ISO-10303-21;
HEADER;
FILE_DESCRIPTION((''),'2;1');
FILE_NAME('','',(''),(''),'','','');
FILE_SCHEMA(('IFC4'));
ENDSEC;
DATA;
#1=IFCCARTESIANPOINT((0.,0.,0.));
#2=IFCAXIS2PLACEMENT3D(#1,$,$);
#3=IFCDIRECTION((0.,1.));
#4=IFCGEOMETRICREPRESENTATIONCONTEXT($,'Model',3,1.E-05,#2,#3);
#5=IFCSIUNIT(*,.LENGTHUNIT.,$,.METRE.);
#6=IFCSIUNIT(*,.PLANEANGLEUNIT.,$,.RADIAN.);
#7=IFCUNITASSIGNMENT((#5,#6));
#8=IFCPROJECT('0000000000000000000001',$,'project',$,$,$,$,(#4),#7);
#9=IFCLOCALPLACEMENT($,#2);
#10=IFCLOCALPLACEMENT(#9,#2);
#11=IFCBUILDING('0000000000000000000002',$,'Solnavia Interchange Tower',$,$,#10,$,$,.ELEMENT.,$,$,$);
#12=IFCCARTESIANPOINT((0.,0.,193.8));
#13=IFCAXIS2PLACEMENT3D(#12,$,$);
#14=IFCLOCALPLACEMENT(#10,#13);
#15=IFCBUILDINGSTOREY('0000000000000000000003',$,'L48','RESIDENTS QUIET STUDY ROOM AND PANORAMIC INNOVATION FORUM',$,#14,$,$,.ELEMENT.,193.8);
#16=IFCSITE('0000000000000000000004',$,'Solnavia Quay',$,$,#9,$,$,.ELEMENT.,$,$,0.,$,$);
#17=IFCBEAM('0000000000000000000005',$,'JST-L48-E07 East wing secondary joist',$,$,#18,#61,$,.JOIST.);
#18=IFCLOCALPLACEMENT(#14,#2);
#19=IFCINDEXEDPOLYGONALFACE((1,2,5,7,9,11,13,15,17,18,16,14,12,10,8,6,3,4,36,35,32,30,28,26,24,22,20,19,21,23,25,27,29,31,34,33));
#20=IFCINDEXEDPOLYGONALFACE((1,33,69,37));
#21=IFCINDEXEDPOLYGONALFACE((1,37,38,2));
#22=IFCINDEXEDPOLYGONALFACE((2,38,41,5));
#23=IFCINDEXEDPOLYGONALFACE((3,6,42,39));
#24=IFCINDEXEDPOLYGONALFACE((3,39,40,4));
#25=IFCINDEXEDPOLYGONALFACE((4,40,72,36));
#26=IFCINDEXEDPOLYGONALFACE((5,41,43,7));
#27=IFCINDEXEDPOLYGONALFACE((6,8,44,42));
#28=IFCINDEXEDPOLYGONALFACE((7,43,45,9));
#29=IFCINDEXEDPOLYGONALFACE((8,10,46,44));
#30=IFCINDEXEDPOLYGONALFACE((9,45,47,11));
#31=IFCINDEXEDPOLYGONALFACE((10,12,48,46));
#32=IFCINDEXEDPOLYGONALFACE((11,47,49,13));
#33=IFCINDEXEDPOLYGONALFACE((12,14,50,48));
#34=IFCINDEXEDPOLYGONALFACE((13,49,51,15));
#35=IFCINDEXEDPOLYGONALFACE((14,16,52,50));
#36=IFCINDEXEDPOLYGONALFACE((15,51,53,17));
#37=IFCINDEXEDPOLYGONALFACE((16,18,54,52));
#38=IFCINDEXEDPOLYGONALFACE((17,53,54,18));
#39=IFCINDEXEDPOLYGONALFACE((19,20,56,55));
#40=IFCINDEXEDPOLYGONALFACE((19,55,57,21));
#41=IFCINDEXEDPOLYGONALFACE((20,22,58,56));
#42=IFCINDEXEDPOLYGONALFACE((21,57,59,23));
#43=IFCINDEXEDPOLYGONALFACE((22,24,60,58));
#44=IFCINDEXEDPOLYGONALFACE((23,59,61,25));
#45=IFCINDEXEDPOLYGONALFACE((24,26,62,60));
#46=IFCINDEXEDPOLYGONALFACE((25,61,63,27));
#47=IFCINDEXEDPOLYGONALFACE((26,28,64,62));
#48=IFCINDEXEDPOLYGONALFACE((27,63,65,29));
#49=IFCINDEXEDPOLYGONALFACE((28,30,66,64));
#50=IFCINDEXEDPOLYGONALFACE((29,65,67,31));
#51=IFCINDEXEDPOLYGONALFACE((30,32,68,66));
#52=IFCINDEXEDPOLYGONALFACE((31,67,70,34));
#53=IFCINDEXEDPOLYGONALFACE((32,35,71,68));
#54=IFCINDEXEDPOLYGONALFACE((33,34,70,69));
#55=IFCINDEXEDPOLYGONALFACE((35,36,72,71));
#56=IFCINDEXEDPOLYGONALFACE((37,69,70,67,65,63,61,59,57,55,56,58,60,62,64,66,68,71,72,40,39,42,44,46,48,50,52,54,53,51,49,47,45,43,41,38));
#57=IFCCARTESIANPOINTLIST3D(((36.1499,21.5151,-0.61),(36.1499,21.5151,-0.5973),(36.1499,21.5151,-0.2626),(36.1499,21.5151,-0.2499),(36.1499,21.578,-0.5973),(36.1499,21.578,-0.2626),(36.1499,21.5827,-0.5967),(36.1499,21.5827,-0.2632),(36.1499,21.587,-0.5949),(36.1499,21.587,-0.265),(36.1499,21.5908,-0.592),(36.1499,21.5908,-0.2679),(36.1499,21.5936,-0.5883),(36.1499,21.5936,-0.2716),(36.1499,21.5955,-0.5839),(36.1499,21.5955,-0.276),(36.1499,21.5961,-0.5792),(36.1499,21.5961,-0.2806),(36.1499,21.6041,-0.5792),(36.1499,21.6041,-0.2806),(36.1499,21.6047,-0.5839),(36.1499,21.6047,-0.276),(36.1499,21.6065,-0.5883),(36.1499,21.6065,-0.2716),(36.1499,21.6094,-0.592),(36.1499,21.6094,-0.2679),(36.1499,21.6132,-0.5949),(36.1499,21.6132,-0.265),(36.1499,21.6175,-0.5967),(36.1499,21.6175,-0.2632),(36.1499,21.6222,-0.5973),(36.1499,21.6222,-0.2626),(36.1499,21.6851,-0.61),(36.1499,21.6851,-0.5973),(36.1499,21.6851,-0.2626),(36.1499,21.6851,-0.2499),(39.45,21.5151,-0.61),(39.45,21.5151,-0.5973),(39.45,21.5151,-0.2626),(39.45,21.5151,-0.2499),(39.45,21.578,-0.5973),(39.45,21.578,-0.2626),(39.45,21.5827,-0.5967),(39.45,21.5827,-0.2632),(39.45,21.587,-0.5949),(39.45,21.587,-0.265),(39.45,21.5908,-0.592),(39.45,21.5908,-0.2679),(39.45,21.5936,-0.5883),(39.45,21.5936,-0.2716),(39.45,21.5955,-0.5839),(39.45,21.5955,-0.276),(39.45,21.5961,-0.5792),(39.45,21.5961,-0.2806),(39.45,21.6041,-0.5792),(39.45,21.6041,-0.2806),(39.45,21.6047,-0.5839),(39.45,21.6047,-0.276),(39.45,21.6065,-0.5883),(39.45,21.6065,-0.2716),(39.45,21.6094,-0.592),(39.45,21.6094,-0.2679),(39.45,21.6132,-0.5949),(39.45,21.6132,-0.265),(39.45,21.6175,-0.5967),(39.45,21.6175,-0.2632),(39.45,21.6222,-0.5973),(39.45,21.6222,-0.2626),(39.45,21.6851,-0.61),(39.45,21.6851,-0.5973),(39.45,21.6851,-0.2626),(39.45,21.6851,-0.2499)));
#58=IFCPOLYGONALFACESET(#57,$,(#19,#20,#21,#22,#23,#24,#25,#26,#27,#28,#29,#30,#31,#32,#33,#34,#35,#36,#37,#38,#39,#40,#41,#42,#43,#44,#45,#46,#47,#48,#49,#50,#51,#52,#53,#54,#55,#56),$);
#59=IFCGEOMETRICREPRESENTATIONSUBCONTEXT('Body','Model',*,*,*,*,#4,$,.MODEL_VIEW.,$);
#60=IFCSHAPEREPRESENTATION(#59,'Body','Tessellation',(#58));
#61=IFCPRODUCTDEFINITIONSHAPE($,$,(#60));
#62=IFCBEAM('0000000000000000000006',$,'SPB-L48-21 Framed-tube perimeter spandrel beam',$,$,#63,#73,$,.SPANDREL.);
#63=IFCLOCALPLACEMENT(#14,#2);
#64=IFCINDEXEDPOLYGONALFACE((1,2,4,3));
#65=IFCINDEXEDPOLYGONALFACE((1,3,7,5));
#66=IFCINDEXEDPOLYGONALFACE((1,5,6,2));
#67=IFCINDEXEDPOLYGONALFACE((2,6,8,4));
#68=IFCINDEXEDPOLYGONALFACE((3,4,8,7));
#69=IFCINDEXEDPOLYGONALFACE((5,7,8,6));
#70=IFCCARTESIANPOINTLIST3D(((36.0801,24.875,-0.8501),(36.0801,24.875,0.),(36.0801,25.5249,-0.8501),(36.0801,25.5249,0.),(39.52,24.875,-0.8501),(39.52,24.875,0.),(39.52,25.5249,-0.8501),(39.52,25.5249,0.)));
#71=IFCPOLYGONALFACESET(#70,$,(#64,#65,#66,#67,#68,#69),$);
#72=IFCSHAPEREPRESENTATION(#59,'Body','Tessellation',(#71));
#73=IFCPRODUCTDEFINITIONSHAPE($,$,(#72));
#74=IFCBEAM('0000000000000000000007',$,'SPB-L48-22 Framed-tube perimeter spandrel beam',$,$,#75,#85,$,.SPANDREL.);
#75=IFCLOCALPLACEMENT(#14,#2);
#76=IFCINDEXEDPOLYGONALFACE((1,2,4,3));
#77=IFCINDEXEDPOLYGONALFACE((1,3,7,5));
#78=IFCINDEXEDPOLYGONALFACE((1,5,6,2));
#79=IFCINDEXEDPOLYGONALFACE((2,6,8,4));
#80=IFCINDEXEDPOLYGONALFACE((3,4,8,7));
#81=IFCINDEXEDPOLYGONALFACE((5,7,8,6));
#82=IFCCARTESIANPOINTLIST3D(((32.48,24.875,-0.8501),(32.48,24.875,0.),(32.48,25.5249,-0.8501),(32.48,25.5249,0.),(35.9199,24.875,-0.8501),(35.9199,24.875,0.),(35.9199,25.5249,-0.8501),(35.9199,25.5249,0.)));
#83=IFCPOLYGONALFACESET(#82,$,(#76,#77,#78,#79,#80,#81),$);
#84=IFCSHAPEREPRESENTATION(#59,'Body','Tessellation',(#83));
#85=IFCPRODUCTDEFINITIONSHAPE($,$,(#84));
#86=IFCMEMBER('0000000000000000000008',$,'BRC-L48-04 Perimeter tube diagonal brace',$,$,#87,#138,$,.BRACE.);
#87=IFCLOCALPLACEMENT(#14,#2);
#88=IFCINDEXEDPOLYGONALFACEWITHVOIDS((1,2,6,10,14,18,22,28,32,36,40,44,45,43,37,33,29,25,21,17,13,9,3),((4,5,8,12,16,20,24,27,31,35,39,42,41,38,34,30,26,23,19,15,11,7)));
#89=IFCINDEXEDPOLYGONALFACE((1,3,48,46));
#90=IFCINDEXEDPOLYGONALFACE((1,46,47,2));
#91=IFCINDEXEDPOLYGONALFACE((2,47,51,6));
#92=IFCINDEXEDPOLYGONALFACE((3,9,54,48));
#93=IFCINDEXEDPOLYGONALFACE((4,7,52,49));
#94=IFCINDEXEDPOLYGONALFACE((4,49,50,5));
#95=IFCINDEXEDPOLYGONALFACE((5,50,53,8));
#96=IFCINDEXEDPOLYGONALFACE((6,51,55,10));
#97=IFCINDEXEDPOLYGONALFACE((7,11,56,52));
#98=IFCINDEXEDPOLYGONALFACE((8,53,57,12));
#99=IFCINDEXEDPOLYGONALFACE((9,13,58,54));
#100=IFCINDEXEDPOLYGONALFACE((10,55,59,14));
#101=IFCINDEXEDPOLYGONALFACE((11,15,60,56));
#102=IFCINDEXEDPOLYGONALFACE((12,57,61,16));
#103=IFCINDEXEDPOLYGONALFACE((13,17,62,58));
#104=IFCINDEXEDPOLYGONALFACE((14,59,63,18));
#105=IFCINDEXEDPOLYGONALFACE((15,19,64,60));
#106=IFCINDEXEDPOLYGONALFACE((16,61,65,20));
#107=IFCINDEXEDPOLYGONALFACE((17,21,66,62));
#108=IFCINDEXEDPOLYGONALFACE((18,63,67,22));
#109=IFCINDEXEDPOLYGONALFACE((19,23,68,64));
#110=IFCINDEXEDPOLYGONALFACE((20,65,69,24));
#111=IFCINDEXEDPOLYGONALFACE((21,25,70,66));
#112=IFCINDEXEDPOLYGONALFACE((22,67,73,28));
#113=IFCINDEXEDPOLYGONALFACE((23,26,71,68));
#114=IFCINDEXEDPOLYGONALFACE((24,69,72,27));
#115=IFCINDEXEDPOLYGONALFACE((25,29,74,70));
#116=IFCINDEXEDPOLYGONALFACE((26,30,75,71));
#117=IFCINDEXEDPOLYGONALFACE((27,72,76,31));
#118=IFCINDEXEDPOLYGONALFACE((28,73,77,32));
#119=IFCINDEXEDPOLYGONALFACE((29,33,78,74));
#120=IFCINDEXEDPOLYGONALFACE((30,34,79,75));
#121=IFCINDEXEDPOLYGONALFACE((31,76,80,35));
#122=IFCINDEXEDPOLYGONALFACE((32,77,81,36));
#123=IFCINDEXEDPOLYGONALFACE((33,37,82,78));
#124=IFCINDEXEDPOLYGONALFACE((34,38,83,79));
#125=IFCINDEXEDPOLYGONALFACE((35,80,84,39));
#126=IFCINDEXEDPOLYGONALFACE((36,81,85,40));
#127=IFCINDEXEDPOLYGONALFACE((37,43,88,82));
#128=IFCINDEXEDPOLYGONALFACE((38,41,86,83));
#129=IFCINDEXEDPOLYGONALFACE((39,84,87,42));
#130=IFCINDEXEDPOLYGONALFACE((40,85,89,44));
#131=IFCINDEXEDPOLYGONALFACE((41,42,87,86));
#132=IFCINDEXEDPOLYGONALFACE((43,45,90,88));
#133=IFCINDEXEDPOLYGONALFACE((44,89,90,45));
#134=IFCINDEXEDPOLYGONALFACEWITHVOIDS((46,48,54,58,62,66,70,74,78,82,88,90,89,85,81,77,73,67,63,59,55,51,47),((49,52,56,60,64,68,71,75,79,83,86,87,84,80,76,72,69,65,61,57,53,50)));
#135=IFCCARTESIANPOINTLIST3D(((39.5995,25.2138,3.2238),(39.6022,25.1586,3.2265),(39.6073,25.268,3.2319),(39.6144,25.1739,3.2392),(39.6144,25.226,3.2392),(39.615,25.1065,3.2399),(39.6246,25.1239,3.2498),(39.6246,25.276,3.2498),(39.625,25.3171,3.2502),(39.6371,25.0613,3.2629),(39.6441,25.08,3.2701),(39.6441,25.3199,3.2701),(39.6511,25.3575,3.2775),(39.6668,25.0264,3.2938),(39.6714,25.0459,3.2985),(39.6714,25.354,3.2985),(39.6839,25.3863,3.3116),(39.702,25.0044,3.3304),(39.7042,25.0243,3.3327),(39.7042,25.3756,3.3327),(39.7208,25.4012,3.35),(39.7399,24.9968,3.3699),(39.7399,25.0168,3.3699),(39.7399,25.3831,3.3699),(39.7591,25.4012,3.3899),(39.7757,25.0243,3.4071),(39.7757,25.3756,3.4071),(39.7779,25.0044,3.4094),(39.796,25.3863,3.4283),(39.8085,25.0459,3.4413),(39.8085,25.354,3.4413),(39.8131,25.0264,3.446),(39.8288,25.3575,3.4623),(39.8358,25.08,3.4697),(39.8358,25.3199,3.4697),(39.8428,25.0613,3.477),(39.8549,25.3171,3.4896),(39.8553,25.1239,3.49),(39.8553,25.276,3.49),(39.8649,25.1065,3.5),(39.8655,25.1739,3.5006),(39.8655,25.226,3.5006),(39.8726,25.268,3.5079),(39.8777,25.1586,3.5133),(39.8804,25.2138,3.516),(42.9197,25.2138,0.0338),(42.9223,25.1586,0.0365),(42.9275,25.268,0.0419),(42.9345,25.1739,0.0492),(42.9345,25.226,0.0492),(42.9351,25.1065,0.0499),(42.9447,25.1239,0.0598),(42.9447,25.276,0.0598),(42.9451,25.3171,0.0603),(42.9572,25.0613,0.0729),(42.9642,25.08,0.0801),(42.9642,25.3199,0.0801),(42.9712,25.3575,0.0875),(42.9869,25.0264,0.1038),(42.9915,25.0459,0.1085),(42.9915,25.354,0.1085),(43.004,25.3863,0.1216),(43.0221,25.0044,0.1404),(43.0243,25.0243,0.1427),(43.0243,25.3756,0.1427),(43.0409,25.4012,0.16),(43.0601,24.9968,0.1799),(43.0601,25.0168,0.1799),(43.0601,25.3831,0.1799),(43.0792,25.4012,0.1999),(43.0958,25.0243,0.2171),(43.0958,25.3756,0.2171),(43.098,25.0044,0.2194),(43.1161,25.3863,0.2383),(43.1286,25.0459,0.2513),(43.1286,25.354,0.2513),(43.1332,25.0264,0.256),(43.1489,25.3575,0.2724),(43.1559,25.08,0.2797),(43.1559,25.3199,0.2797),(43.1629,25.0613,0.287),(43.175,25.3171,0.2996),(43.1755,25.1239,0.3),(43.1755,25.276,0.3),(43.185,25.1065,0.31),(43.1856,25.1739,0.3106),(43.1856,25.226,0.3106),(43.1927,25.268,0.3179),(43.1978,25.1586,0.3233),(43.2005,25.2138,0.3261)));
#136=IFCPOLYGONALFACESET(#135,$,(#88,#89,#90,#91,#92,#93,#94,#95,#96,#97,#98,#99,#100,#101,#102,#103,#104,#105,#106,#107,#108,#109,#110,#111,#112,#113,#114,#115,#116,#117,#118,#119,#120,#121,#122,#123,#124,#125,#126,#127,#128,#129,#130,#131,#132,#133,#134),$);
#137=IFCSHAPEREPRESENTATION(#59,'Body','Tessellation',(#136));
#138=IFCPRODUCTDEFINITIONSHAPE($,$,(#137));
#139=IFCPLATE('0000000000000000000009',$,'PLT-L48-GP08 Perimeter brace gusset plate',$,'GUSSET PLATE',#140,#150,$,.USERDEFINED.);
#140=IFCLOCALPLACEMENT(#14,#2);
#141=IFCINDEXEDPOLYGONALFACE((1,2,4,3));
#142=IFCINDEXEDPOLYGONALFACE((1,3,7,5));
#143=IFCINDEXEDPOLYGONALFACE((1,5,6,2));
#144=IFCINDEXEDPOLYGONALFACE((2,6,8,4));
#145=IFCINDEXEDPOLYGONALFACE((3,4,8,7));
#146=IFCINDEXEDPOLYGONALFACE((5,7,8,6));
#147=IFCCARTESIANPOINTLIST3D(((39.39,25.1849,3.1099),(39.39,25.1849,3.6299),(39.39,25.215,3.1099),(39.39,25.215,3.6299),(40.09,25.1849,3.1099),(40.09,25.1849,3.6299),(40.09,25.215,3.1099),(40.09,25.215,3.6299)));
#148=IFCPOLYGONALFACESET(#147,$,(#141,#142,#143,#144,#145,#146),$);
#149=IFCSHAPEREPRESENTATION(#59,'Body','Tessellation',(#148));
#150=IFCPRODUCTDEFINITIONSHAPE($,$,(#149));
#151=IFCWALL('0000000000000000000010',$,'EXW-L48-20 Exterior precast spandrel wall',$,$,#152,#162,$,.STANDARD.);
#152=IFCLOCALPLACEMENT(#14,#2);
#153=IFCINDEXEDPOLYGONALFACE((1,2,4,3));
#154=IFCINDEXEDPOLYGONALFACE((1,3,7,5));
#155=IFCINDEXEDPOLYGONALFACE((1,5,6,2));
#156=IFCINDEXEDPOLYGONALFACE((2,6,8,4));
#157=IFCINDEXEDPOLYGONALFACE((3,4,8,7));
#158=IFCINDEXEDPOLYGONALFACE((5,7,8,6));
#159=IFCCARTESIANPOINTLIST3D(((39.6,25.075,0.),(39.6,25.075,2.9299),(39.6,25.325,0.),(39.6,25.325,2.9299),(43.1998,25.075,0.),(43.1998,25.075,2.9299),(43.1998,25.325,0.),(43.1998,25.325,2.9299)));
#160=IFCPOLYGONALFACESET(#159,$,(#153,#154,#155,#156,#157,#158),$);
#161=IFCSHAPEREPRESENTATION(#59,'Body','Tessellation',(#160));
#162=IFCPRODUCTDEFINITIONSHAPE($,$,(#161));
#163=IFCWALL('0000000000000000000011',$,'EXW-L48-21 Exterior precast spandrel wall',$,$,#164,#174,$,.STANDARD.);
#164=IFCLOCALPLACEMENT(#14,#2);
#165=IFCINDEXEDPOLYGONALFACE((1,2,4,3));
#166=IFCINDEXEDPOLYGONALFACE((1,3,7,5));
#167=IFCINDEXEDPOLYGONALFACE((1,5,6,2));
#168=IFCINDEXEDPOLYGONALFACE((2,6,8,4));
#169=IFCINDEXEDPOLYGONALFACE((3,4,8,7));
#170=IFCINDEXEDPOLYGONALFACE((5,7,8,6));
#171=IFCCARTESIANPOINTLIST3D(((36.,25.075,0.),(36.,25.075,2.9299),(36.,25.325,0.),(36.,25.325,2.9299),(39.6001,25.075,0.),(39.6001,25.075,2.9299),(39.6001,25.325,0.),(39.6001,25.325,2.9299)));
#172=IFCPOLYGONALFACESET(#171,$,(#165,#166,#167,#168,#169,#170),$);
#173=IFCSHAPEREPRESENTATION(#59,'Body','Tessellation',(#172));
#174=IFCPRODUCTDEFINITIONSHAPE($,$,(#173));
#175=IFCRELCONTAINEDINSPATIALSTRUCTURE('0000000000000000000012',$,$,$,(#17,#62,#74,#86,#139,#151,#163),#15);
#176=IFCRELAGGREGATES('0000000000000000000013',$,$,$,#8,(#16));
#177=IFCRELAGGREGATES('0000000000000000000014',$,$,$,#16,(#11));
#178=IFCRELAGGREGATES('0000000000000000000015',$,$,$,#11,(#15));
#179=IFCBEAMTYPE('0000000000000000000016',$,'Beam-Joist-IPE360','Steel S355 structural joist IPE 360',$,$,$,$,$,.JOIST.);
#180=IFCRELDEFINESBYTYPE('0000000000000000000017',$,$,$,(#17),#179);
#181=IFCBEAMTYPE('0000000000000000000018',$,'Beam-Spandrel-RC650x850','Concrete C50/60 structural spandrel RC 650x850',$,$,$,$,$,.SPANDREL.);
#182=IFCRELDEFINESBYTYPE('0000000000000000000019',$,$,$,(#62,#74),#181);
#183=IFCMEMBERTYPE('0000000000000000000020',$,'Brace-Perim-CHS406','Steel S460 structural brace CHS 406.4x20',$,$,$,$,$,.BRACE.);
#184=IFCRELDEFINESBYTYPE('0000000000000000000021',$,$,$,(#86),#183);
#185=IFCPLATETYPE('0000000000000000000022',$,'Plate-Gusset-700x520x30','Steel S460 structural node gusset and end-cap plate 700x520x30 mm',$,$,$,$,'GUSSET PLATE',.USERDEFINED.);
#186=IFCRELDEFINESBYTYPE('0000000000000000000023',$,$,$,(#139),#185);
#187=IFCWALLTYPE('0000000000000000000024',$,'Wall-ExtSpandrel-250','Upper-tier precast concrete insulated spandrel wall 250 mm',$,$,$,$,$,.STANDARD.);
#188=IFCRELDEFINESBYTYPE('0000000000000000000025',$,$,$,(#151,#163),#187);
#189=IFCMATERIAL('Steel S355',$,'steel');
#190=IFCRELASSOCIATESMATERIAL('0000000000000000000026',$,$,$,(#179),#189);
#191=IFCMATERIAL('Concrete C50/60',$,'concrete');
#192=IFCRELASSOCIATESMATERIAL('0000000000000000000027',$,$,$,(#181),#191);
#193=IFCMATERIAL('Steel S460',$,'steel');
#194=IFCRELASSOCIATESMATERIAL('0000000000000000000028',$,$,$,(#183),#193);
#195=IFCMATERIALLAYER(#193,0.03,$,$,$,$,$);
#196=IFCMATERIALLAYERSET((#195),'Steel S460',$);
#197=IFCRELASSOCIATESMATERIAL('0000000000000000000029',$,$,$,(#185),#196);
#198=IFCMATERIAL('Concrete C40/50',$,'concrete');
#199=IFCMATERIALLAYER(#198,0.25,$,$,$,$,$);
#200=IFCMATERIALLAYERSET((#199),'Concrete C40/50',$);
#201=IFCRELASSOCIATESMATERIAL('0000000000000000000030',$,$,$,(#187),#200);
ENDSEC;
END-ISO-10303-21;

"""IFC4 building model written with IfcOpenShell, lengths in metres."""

from ifc_helpers import new_model, si_unit, direction, frame, frame_2d, origin, origin_2d, place, context, subcontext, project, spatial, rectangle, hollow_circle, i_section, extrude, material, layer, layer_set, material_profile, profile_set, type_object, element, save


model = new_model("IFC4")

# Units and contexts
model_context = context("Model", 3, precision=1e-05, world=origin(), true_north=direction((0.0, 1.0)))
body_context = subcontext(model_context, "Body", "Model", "MODEL_VIEW")
ifc_project = project(units=[si_unit("LENGTHUNIT", "METRE"), si_unit("PLANEANGLEUNIT", "RADIAN")], contexts=[model_context])

# Site, building, storey
site_placement = place(None, origin())
site = spatial("IfcSite", under=ifc_project, at=site_placement, Name="Solnavia Quay", CompositionType="ELEMENT", RefElevation=0.0)
building_placement = place(site_placement, origin())
building = spatial("IfcBuilding", under=site, at=building_placement, Name="Solnavia Interchange Tower", CompositionType="ELEMENT")
storey_placement = place(building_placement, frame((0.0, 0.0, 193.8)))
storey = spatial("IfcBuildingStorey", under=building, at=storey_placement, Name="L48", Description="RESIDENTS QUIET STUDY ROOM AND PANORAMIC INNOVATION FORUM", CompositionType="ELEMENT", Elevation=193.8)

# Shared definitions
ifc_material_1 = material(Name="Concrete C50/60", Category="concrete")

# Beams
ifc_material_2 = material(Name="Steel S355", Category="steel")
ifc_material_profile_1 = material_profile(ifc_material_2, i_section(OverallWidth=0.1699, OverallDepth=0.3601, WebThickness=0.0081, FlangeThickness=0.0127, FilletRadius=0.0181, at=origin_2d()), Name="IPE 360")
ifc_profile_set_1 = profile_set([ifc_material_profile_1], Name="Steel S355")
beam_type_1 = type_object("IfcBeamType", Name="Beam-Joist-IPE360", Description="Steel S355 structural joist IPE 360", PredefinedType="JOIST", material=ifc_profile_set_1)
beam_1_placement = place(storey_placement, frame((36.1499, 21.6001, -0.4299), z_axis=(1.0, 0.0, 0.0), x_axis=(0.0, 1.0, 0.0)))
element("IfcBeam", 1, at=beam_1_placement, inside=storey, type_object=beam_type_1, Name="JST-L48-E07 East wing secondary joist", PredefinedType="JOIST", context=body_context, shape_type="SweptSolid", body=[
    extrude(i_section(OverallWidth=0.1699, OverallDepth=0.3601, WebThickness=0.0081, FlangeThickness=0.0127, FilletRadius=0.0181, at=origin_2d()), origin(), (0.0, 0.0, 1.0), 3.3),
])
ifc_material_profile_2 = material_profile(ifc_material_1, rectangle(XDim=0.6499, YDim=0.8501, at=origin_2d()), Name="RC 650x850")
ifc_profile_set_2 = profile_set([ifc_material_profile_2], Name="Concrete C50/60")
beam_type_2 = type_object("IfcBeamType", Name="Beam-Spandrel-RC650x850", Description="Concrete C50/60 structural spandrel RC 650x850", PredefinedType="SPANDREL", material=ifc_profile_set_2)
for number, where, z_axis, x_axis, name in (
    (2, (39.52, 25.2, -0.425), (-1.0, 0.0, 0.0), (0.0, -1.0, 0.0), "SPB-L48-21 Framed-tube perimeter spandrel beam"),
    (3, (35.9199, 25.2, -0.425), (-1.0, 0.0, 0.0), (0.0, -1.0, 0.0), "SPB-L48-22 Framed-tube perimeter spandrel beam"),
):
    element("IfcBeam", number, at=place(storey_placement, frame(where, z_axis=z_axis, x_axis=x_axis)), inside=storey, type_object=beam_type_2, Name=name, PredefinedType="SPANDREL", context=body_context, shape_type="SweptSolid", body=[
        extrude(rectangle(XDim=0.6499, YDim=0.8501, at=origin_2d()), origin(), (0.0, 0.0, 1.0), 3.4399),
    ])

# Member
ifc_material_3 = material(Name="Steel S460", Category="steel")
ifc_material_profile_3 = material_profile(ifc_material_3, hollow_circle(Radius=0.2031, WallThickness=0.02, at=origin_2d()), Name="CHS 406.4x20")
ifc_profile_set_3 = profile_set([ifc_material_profile_3], Name="Steel S460")
member_type = type_object("IfcMemberType", Name="Brace-Perim-CHS406", Description="Steel S460 structural brace CHS 406.4x20", PredefinedType="BRACE", material=ifc_profile_set_3)
member_placement = place(storey_placement, frame((43.0601, 25.2, 0.1799), z_axis=(-0.721097, 0.0, 0.692834), x_axis=(0.0, -1.0, 0.0)))
element("IfcMember", 4, at=member_placement, inside=storey, type_object=member_type, Name="BRC-L48-04 Perimeter tube diagonal brace", PredefinedType="BRACE", context=body_context, shape_type="SweptSolid", body=[
    extrude(hollow_circle(Radius=0.2031, WallThickness=0.02, at=origin_2d()), origin(), (0.0, 0.0, 1.0), 4.6042),
])

# Plate
ifc_layer_1 = layer(ifc_material_3, 0.03)
ifc_layer_set_1 = layer_set([ifc_layer_1], Name="Steel S460")
plate_type = type_object("IfcPlateType", Name="Plate-Gusset-700x520x30", Description="Steel S460 structural node gusset and end-cap plate 700x520x30 mm", ElementType="GUSSET PLATE", PredefinedType="USERDEFINED", material=ifc_layer_set_1)
plate_placement = place(storey_placement, frame((39.74, 25.2, 3.1099), z_axis=(0.0, 0.0, 1.0), x_axis=(-1.0, 0.0, 0.0)))
element("IfcPlate", 5, at=plate_placement, inside=storey, type_object=plate_type, Name="PLT-L48-GP08 Perimeter brace gusset plate", ObjectType="GUSSET PLATE", PredefinedType="USERDEFINED", context=body_context, shape_type="SweptSolid", body=[
    extrude(rectangle(XDim=0.7, YDim=0.03, at=origin_2d()), origin(), (0.0, 0.0, 1.0), 0.52),
])

# Walls
ifc_material_4 = material(Name="Concrete C40/50", Category="concrete")
ifc_layer_2 = layer(ifc_material_4, 0.25)
ifc_layer_set_2 = layer_set([ifc_layer_2], Name="Concrete C40/50")
wall_type_1 = type_object("IfcWallType", Name="Wall-ExtSpandrel-250", Description="Upper-tier precast concrete insulated spandrel wall 250 mm", PredefinedType="STANDARD", material=ifc_layer_set_2)
wall_1_placement = place(storey_placement, frame((39.6001, 25.2, 0.0), z_axis=(0.0, 0.0, 1.0), x_axis=(1.0, 0.0, 0.0)))
element("IfcWall", 6, at=wall_1_placement, inside=storey, type_object=wall_type_1, Name="EXW-L48-20 Exterior precast spandrel wall", PredefinedType="STANDARD", context=body_context, shape_type="SweptSolid", body=[
    extrude(rectangle(XDim=3.5999, YDim=0.25, at=frame_2d((1.7998, 0.0))), origin(), (0.0, 0.0, 1.0), 2.9299),
])
wall_2_placement = place(storey_placement, frame((36.0, 25.2, 0.0), z_axis=(0.0, 0.0, 1.0), x_axis=(1.0, 0.0, 0.0)))
element("IfcWall", 7, at=wall_2_placement, inside=storey, type_object=wall_type_1, Name="EXW-L48-21 Exterior precast spandrel wall", PredefinedType="STANDARD", context=body_context, shape_type="SweptSolid", body=[
    extrude(rectangle(XDim=3.6001, YDim=0.25, at=frame_2d((1.8, 0.0))), origin(), (0.0, 0.0, 1.0), 2.9299),
])

save(model, "model.ifc")
